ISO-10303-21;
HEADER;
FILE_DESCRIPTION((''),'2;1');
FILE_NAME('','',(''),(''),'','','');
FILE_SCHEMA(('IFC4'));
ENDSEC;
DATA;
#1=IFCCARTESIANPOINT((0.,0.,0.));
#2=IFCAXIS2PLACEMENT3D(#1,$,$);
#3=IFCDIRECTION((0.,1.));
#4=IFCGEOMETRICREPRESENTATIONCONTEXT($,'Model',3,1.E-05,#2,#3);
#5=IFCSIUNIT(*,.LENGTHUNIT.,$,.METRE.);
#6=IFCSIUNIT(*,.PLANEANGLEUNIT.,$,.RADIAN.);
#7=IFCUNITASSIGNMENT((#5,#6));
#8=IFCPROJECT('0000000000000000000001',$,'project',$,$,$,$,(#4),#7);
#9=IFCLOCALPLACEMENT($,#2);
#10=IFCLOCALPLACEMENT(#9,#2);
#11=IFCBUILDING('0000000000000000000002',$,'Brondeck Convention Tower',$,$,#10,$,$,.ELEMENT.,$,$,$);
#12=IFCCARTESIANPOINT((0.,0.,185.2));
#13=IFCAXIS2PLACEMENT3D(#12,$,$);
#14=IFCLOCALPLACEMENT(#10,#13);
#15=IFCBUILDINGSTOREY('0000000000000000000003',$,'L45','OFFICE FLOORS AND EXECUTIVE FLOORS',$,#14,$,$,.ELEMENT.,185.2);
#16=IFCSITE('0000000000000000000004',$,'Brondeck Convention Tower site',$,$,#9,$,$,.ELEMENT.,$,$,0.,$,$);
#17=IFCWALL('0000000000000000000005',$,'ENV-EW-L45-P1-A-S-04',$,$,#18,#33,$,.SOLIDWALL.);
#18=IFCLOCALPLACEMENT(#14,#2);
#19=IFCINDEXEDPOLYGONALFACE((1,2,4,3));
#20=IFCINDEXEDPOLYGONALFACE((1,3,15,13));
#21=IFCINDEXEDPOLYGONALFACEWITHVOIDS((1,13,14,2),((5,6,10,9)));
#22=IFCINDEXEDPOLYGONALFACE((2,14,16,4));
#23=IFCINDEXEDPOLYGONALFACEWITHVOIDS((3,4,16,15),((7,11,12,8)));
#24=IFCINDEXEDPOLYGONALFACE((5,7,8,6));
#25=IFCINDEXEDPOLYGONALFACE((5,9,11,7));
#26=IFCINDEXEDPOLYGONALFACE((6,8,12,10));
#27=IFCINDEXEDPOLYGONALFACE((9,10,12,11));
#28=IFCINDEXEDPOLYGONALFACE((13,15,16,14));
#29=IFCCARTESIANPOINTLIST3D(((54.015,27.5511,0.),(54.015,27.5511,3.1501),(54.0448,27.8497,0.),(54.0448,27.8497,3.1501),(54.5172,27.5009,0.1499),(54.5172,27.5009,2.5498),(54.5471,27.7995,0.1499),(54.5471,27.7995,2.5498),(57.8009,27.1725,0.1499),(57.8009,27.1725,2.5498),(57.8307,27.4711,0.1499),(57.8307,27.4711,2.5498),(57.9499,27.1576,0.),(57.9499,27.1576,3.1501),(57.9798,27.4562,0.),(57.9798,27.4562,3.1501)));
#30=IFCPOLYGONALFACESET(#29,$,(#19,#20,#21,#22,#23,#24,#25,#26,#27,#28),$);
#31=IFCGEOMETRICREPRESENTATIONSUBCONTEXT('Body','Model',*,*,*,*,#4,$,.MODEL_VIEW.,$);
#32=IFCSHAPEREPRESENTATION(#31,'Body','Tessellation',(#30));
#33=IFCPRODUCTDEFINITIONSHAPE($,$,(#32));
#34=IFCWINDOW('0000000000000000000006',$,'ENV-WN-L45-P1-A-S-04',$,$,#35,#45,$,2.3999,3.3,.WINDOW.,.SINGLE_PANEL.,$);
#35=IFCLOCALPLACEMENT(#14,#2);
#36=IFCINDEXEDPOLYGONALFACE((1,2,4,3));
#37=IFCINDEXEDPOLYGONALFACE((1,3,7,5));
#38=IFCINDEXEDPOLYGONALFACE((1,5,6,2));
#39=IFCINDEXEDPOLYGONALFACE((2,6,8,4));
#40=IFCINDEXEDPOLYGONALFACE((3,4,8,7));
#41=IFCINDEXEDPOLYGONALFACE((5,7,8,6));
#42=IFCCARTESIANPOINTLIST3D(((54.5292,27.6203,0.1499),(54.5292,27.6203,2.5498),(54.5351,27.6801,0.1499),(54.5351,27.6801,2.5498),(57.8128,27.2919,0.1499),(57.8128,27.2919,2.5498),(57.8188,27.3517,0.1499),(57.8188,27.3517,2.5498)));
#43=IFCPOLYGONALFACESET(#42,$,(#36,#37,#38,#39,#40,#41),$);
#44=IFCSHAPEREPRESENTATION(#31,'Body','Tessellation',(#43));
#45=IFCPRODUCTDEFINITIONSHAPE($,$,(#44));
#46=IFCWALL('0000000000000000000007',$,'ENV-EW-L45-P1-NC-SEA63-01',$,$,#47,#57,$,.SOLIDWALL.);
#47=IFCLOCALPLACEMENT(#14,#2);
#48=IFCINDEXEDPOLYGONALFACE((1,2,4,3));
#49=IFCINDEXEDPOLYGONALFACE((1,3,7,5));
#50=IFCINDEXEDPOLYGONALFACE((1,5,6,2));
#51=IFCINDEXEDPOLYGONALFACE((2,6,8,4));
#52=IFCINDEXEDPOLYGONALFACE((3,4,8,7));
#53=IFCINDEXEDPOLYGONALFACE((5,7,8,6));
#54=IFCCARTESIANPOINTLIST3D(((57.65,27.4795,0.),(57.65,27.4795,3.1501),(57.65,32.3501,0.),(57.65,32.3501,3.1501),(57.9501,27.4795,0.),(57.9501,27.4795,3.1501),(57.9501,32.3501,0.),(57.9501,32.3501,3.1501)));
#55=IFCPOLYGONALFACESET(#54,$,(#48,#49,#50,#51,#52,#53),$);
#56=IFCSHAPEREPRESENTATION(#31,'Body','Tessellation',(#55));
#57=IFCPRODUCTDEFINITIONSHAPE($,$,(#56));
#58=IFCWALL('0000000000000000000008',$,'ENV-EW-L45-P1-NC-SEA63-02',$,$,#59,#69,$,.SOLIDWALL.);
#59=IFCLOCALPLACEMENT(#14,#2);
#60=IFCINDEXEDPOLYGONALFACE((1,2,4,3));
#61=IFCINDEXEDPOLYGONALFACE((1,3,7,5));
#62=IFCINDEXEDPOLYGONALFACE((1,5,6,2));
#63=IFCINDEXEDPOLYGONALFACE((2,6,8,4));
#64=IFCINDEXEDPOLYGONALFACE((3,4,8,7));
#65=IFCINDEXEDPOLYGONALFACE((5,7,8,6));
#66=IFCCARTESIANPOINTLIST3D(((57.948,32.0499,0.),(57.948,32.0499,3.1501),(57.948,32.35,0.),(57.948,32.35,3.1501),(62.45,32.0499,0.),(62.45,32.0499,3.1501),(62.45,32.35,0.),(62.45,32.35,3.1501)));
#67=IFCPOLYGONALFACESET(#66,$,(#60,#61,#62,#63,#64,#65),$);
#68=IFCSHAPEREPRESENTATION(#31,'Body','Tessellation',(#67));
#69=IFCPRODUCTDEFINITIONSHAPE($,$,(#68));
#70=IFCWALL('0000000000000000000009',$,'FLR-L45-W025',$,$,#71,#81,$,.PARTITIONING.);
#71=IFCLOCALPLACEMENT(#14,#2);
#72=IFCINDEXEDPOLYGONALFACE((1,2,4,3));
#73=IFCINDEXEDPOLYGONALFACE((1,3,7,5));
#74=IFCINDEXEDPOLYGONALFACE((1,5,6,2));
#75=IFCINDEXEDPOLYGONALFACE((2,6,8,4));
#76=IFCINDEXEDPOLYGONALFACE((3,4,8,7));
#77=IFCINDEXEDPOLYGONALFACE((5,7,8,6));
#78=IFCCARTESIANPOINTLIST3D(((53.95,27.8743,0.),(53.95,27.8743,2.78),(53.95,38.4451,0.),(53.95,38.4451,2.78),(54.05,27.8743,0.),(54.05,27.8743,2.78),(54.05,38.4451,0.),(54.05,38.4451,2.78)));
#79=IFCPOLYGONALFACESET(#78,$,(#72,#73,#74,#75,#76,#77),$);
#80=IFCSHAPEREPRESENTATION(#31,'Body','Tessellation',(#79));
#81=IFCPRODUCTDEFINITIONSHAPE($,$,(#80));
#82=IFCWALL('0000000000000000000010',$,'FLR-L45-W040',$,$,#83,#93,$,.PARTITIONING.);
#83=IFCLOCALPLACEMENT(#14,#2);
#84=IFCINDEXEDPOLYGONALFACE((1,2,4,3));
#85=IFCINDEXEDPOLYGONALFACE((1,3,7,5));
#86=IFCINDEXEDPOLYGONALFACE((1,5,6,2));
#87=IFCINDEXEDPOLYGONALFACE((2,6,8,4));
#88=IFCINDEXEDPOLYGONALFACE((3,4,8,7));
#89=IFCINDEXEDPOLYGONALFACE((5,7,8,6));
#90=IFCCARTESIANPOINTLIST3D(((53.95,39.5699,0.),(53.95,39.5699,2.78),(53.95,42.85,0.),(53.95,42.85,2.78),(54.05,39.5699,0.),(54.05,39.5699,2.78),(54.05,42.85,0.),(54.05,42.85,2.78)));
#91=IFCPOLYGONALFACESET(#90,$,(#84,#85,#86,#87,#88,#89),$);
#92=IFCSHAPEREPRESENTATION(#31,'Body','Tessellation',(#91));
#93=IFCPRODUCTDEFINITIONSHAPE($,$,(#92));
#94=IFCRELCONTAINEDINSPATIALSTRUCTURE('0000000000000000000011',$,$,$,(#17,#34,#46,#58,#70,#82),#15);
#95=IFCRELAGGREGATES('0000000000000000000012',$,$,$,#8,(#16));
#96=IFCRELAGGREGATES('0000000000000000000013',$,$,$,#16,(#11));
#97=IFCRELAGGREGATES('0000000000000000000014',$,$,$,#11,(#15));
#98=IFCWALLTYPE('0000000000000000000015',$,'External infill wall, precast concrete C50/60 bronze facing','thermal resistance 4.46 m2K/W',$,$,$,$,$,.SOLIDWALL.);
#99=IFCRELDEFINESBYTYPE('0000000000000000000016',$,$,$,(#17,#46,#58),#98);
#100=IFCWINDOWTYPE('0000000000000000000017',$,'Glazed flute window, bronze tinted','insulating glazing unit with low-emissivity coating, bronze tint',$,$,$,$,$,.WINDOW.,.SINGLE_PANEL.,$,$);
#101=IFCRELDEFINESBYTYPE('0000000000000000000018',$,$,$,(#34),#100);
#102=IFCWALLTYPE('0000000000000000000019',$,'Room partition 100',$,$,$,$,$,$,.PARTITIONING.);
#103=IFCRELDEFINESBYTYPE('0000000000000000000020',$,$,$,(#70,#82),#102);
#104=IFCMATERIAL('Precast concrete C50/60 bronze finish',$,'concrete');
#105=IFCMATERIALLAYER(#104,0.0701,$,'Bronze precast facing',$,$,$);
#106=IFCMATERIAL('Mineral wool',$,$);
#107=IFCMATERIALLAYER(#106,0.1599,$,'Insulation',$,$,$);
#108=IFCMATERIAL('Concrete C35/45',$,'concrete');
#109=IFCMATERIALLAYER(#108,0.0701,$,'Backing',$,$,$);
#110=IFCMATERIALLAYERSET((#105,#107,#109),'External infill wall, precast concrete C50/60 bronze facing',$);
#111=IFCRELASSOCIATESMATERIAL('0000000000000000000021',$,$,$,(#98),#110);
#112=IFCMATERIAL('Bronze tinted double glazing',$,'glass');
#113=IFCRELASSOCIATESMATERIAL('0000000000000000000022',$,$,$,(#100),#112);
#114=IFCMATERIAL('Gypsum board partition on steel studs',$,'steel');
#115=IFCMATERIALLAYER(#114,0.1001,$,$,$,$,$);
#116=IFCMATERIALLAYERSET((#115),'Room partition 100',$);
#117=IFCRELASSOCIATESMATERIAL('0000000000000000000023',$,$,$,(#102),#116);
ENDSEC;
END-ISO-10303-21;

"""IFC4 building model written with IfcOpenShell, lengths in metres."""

from ifc_helpers import new_model, si_unit, direction, frame, frame_2d, origin, place, context, subcontext, project, spatial, rectangle, extrude, material, layer, layer_set, type_object, element, fill, save


model = new_model("IFC4")

# Units and contexts
model_context = context("Model", 3, precision=1e-05, world=origin(), true_north=direction((0.0, 1.0)))
body_context = subcontext(model_context, "Body", "Model", "MODEL_VIEW")
ifc_project = project(units=[si_unit("LENGTHUNIT", "METRE"), si_unit("PLANEANGLEUNIT", "RADIAN")], contexts=[model_context])

# Site, building, storey
site_placement = place(None, origin())
site = spatial("IfcSite", under=ifc_project, at=site_placement, Name="Brondeck Convention Tower site", CompositionType="ELEMENT", RefElevation=0.0)
building_placement = place(site_placement, origin())
building = spatial("IfcBuilding", under=site, at=building_placement, Name="Brondeck Convention Tower", CompositionType="ELEMENT")
storey_placement = place(building_placement, frame((0.0, 0.0, 185.2)))
storey = spatial("IfcBuildingStorey", under=building, at=storey_placement, Name="L45", Description="OFFICE FLOORS AND EXECUTIVE FLOORS", CompositionType="ELEMENT", Elevation=185.2)

# Shared definitions
ifc_material_1 = material(Name="Precast concrete C50/60 bronze finish", Category="concrete")
ifc_layer_1 = layer(ifc_material_1, 0.0701, Name="Bronze precast facing")
ifc_material_2 = material(Name="Mineral wool")
ifc_layer_2 = layer(ifc_material_2, 0.1599, Name="Insulation")
ifc_material_3 = material(Name="Concrete C35/45", Category="concrete")
ifc_layer_3 = layer(ifc_material_3, 0.0701, Name="Backing")
ifc_layer_set_1 = layer_set([ifc_layer_1, ifc_layer_2, ifc_layer_3], Name="External infill wall, precast concrete C50/60 bronze facing")
wall_type_1 = type_object("IfcWallType", Name="External infill wall, precast concrete C50/60 bronze facing", Description="thermal resistance 4.46 m2K/W", PredefinedType="SOLIDWALL", material=ifc_layer_set_1)
ifc_material_4 = material(Name="Bronze tinted double glazing", Category="glass")
window_type_1 = type_object("IfcWindowType", Name="Glazed flute window, bronze tinted", Description="insulating glazing unit with low-emissivity coating, bronze tint", PartitioningType="SINGLE_PANEL", PredefinedType="WINDOW", material=ifc_material_4)

# Wall, opening, window
wall_1_placement = place(storey_placement, frame((57.9648, 27.3069, 0.0), z_axis=(0.0, 0.0, 1.0), x_axis=(-0.995036, 0.099516, 0.0)))
wall_1 = element("IfcWall", 1, at=wall_1_placement, inside=storey, type_object=wall_type_1, Name="ENV-EW-L45-P1-A-S-04", PredefinedType="SOLIDWALL", context=body_context, shape_type="SweptSolid", body=[
    extrude(rectangle(XDim=3.9546, YDim=0.3, at=frame_2d((1.9773, 0.0))), origin(), (0.0, 0.0, 1.0), 3.1501),
])
opening_1_placement = place(wall_1_placement, frame((0.1499, 0.0, 0.1499)))
opening_1 = element("IfcOpeningElement", 2, at=opening_1_placement, cuts=wall_1, PredefinedType="OPENING", context=body_context, shape_type="SweptSolid", body=[
    extrude(rectangle(XDim=3.3, YDim=2.3999, at=frame_2d((1.6499, 1.2))), frame((0.0, 0.1599, 0.0), z_axis=(0.0, -1.0, 0.0), x_axis=(1.0, 0.0, 0.0)), (0.0, 0.0, 1.0), 0.3201),
])
window_1_placement = place(opening_1_placement, origin())
window_1 = element("IfcWindow", 3, at=window_1_placement, inside=storey, type_object=window_type_1, Name="ENV-WN-L45-P1-A-S-04", OverallHeight=2.3999, OverallWidth=3.3, PartitioningType="SINGLE_PANEL", PredefinedType="WINDOW", context=body_context, shape_type="SweptSolid", body=[
    extrude(rectangle(XDim=3.3, YDim=2.3999, at=frame_2d((1.6499, 1.2))), frame((0.0, 0.03, 0.0), z_axis=(0.0, -1.0, 0.0), x_axis=(1.0, 0.0, 0.0)), (0.0, 0.0, 1.0), 0.0601),
])
fill(opening_1, window_1)

# Walls
wall_2_placement = place(storey_placement, frame((57.8, 32.3501, 0.0), z_axis=(0.0, 0.0, 1.0), x_axis=(0.0, -1.0, 0.0)))
element("IfcWall", 4, at=wall_2_placement, inside=storey, type_object=wall_type_1, Name="ENV-EW-L45-P1-NC-SEA63-01", PredefinedType="SOLIDWALL", context=body_context, shape_type="SweptSolid", body=[
    extrude(rectangle(XDim=4.8706, YDim=0.3, at=frame_2d((2.4353, 0.0))), origin(), (0.0, 0.0, 1.0), 3.1501),
])
wall_3_placement = place(storey_placement, frame((62.45, 32.2, 0.0), z_axis=(0.0, 0.0, 1.0), x_axis=(-1.0, 0.0, 0.0)))
element("IfcWall", 5, at=wall_3_placement, inside=storey, type_object=wall_type_1, Name="ENV-EW-L45-P1-NC-SEA63-02", PredefinedType="SOLIDWALL", context=body_context, shape_type="SweptSolid", body=[
    extrude(rectangle(XDim=4.502, YDim=0.3, at=frame_2d((2.251, 0.0))), origin(), (0.0, 0.0, 1.0), 3.1501),
])
ifc_material_5 = material(Name="Gypsum board partition on steel studs", Category="steel")
ifc_layer_4 = layer(ifc_material_5, 0.1001)
ifc_layer_set_2 = layer_set([ifc_layer_4], Name="Room partition 100")
wall_type_2 = type_object("IfcWallType", Name="Room partition 100", PredefinedType="PARTITIONING", material=ifc_layer_set_2)
wall_4_placement = place(storey_placement, frame((54.0, 27.8743, 0.0), z_axis=(0.0, 0.0, 1.0), x_axis=(0.0, 1.0, 0.0)))
element("IfcWall", 6, at=wall_4_placement, inside=storey, type_object=wall_type_2, Name="FLR-L45-W025", PredefinedType="PARTITIONING", context=body_context, shape_type="SweptSolid", body=[
    extrude(rectangle(XDim=10.5708, YDim=0.1001, at=frame_2d((5.2854, 0.0))), origin(), (0.0, 0.0, 1.0), 2.78),
])
wall_5_placement = place(storey_placement, frame((54.0, 42.8501, 0.0), z_axis=(0.0, 0.0, 1.0), x_axis=(0.0, -1.0, 0.0)))
element("IfcWall", 7, at=wall_5_placement, inside=storey, type_object=wall_type_2, Name="FLR-L45-W040", PredefinedType="PARTITIONING", context=body_context, shape_type="SweptSolid", body=[
    extrude(rectangle(XDim=3.28, YDim=0.1001, at=frame_2d((1.6401, 0.0))), origin(), (0.0, 0.0, 1.0), 2.78),
])

save(model, "model.ifc")
